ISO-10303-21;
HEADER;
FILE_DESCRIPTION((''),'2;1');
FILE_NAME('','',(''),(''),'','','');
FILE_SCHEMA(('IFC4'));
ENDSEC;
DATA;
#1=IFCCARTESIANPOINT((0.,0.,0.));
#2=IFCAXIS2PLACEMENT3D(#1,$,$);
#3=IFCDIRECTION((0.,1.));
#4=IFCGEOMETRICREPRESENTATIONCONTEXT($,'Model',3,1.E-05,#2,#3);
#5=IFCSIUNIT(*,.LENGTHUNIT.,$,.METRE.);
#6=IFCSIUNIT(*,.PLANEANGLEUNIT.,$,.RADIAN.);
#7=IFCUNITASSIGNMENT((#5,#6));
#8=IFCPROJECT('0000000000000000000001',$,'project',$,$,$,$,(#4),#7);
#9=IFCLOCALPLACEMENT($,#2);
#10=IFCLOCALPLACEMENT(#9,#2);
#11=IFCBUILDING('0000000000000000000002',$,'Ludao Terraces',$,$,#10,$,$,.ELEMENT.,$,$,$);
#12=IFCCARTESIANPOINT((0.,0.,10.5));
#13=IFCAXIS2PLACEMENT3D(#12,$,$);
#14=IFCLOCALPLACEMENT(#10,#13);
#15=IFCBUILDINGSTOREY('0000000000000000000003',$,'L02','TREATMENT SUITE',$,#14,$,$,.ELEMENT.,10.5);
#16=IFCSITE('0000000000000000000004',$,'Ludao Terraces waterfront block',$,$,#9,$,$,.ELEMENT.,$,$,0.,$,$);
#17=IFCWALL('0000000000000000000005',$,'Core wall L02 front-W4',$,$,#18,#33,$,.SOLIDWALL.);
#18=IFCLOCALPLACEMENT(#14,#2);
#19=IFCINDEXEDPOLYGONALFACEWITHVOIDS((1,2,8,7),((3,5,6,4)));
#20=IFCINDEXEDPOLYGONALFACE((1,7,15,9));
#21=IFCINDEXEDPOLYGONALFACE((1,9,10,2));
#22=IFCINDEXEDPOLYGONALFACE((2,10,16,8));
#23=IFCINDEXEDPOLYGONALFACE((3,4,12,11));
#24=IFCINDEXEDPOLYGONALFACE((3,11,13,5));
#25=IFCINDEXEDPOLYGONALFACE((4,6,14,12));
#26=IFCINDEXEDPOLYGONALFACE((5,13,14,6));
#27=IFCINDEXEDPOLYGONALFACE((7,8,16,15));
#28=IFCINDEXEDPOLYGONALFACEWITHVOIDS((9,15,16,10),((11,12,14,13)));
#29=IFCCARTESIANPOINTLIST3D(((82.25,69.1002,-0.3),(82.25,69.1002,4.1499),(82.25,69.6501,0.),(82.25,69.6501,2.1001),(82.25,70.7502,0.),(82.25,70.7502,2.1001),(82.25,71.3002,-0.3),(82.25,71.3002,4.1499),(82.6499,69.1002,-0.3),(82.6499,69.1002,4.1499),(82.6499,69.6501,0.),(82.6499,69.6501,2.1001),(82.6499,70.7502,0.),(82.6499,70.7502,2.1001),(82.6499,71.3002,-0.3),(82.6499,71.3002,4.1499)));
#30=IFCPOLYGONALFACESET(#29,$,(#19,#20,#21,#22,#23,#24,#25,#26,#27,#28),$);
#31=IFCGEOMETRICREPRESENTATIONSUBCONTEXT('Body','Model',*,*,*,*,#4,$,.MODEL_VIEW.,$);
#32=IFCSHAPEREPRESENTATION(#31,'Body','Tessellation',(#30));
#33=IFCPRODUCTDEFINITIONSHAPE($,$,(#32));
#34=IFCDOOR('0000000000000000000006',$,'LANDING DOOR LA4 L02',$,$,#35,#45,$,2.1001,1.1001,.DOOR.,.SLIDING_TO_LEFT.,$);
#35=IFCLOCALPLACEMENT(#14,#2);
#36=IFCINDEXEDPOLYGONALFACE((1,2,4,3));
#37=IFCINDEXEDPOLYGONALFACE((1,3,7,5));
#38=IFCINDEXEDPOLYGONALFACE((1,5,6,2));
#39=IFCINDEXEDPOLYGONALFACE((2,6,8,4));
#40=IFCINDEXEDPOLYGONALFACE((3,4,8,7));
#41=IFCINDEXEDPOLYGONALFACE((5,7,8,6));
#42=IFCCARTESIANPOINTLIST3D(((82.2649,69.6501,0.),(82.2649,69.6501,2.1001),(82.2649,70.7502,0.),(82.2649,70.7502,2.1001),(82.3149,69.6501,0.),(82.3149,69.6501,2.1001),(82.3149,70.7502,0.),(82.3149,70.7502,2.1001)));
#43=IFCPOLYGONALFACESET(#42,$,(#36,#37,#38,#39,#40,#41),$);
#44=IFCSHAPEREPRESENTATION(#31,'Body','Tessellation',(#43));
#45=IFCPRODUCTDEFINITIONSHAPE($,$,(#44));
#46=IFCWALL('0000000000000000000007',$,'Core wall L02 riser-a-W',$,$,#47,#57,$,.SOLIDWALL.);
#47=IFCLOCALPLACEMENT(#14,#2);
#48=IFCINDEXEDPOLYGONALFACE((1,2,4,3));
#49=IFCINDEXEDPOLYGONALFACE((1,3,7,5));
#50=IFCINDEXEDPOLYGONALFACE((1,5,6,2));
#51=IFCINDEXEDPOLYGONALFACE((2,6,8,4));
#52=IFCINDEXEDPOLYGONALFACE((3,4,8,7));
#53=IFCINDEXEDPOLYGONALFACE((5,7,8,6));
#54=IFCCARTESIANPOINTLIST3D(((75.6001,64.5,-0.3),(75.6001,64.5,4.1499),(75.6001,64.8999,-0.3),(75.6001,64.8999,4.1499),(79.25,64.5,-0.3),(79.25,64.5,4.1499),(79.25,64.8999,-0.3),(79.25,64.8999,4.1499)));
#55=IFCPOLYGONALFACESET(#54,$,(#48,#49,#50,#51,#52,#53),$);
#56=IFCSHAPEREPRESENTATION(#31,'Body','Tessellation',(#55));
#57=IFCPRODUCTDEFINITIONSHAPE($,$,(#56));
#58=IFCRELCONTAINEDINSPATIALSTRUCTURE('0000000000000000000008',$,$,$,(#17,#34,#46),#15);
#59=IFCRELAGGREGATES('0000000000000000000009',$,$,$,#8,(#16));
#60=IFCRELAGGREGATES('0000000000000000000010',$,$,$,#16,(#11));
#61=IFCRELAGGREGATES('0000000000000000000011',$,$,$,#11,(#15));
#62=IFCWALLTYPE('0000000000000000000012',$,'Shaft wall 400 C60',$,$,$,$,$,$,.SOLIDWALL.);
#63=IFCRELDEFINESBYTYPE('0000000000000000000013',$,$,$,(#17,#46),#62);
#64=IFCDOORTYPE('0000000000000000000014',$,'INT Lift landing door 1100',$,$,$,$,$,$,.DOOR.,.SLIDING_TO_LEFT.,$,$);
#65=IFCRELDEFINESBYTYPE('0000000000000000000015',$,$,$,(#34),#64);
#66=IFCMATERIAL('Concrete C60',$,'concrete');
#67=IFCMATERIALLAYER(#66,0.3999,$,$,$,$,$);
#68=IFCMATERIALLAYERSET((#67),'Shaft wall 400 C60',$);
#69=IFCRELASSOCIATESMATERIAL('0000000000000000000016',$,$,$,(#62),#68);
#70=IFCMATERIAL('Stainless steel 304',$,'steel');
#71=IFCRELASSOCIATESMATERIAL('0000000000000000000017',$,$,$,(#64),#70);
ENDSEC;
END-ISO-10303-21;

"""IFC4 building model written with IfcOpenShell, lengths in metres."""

from ifc_helpers import new_model, si_unit, direction, frame, frame_2d, origin, place, context, subcontext, project, spatial, rectangle, extrude, material, layer, layer_set, type_object, element, fill, save


model = new_model("IFC4")

# Units and contexts
model_context = context("Model", 3, precision=1e-05, world=origin(), true_north=direction((0.0, 1.0)))
body_context = subcontext(model_context, "Body", "Model", "MODEL_VIEW")
ifc_project = project(units=[si_unit("LENGTHUNIT", "METRE"), si_unit("PLANEANGLEUNIT", "RADIAN")], contexts=[model_context])

# Site, building, storey
site_placement = place(None, origin())
site = spatial("IfcSite", under=ifc_project, at=site_placement, Name="Ludao Terraces waterfront block", CompositionType="ELEMENT", RefElevation=0.0)
building_placement = place(site_placement, origin())
building = spatial("IfcBuilding", under=site, at=building_placement, Name="Ludao Terraces", CompositionType="ELEMENT")
storey_placement = place(building_placement, frame((0.0, 0.0, 10.5)))
storey = spatial("IfcBuildingStorey", under=building, at=storey_placement, Name="L02", Description="TREATMENT SUITE", CompositionType="ELEMENT", Elevation=10.5)

# Shared definitions
ifc_material_1 = material(Name="Concrete C60", Category="concrete")

# Shared definitions
ifc_layer_1 = layer(ifc_material_1, 0.3999)
ifc_layer_set_1 = layer_set([ifc_layer_1], Name="Shaft wall 400 C60")
wall_type_1 = type_object("IfcWallType", Name="Shaft wall 400 C60", PredefinedType="SOLIDWALL", material=ifc_layer_set_1)
ifc_material_2 = material(Name="Stainless steel 304", Category="steel")
door_type = type_object("IfcDoorType", Name="INT Lift landing door 1100", OperationType="SLIDING_TO_LEFT", PredefinedType="DOOR", material=ifc_material_2)

# Wall, opening, door
wall_1_placement = place(storey_placement, frame((82.45, 69.1001, -0.3), z_axis=(0.0, 0.0, 1.0), x_axis=(0.0, 1.0, 0.0)))
wall_1 = element("IfcWall", 1, at=wall_1_placement, inside=storey, type_object=wall_type_1, Name="Core wall L02 front-W4", PredefinedType="SOLIDWALL", context=body_context, shape_type="SweptSolid", body=[
    extrude(rectangle(XDim=2.2, YDim=0.3999, at=frame_2d((1.1001, 0.0))), origin(), (0.0, 0.0, 1.0), 4.45),
])
opening_1_placement = place(wall_1_placement, frame((0.55, 0.0, 0.3)))
opening_1 = element("IfcOpeningElement", 2, at=opening_1_placement, cuts=wall_1, PredefinedType="OPENING", context=body_context, shape_type="SweptSolid", body=[
    extrude(rectangle(XDim=1.1001, YDim=2.1001, at=frame_2d((0.55, 1.05))), frame((0.0, 0.21, 0.0), z_axis=(0.0, -1.0, 0.0), x_axis=(1.0, 0.0, 0.0)), (0.0, 0.0, 1.0), 0.4199),
])
door_1_placement = place(opening_1_placement, origin())
door_1 = element("IfcDoor", 3, at=door_1_placement, inside=storey, type_object=door_type, Name="LANDING DOOR LA4 L02", OperationType="SLIDING_TO_LEFT", OverallHeight=2.1001, OverallWidth=1.1001, PredefinedType="DOOR", context=body_context, shape_type="SweptSolid", body=[
    extrude(rectangle(XDim=1.1001, YDim=2.1001, at=frame_2d((0.55, 1.05))), frame((0.0, 0.1851, 0.0), z_axis=(0.0, -1.0, 0.0), x_axis=(1.0, 0.0, 0.0)), (0.0, 0.0, 1.0), 0.05),
])
fill(opening_1, door_1)

# Wall
wall_2_placement = place(storey_placement, frame((75.6001, 64.7, -0.3), z_axis=(0.0, 0.0, 1.0), x_axis=(1.0, 0.0, 0.0)))
element("IfcWall", 4, at=wall_2_placement, inside=storey, type_object=wall_type_1, Name="Core wall L02 riser-a-W", PredefinedType="SOLIDWALL", context=body_context, shape_type="SweptSolid", body=[
    extrude(rectangle(XDim=3.6499, YDim=0.3999, at=frame_2d((1.825, 0.0))), origin(), (0.0, 0.0, 1.0), 4.45),
])

save(model, "model.ifc")
